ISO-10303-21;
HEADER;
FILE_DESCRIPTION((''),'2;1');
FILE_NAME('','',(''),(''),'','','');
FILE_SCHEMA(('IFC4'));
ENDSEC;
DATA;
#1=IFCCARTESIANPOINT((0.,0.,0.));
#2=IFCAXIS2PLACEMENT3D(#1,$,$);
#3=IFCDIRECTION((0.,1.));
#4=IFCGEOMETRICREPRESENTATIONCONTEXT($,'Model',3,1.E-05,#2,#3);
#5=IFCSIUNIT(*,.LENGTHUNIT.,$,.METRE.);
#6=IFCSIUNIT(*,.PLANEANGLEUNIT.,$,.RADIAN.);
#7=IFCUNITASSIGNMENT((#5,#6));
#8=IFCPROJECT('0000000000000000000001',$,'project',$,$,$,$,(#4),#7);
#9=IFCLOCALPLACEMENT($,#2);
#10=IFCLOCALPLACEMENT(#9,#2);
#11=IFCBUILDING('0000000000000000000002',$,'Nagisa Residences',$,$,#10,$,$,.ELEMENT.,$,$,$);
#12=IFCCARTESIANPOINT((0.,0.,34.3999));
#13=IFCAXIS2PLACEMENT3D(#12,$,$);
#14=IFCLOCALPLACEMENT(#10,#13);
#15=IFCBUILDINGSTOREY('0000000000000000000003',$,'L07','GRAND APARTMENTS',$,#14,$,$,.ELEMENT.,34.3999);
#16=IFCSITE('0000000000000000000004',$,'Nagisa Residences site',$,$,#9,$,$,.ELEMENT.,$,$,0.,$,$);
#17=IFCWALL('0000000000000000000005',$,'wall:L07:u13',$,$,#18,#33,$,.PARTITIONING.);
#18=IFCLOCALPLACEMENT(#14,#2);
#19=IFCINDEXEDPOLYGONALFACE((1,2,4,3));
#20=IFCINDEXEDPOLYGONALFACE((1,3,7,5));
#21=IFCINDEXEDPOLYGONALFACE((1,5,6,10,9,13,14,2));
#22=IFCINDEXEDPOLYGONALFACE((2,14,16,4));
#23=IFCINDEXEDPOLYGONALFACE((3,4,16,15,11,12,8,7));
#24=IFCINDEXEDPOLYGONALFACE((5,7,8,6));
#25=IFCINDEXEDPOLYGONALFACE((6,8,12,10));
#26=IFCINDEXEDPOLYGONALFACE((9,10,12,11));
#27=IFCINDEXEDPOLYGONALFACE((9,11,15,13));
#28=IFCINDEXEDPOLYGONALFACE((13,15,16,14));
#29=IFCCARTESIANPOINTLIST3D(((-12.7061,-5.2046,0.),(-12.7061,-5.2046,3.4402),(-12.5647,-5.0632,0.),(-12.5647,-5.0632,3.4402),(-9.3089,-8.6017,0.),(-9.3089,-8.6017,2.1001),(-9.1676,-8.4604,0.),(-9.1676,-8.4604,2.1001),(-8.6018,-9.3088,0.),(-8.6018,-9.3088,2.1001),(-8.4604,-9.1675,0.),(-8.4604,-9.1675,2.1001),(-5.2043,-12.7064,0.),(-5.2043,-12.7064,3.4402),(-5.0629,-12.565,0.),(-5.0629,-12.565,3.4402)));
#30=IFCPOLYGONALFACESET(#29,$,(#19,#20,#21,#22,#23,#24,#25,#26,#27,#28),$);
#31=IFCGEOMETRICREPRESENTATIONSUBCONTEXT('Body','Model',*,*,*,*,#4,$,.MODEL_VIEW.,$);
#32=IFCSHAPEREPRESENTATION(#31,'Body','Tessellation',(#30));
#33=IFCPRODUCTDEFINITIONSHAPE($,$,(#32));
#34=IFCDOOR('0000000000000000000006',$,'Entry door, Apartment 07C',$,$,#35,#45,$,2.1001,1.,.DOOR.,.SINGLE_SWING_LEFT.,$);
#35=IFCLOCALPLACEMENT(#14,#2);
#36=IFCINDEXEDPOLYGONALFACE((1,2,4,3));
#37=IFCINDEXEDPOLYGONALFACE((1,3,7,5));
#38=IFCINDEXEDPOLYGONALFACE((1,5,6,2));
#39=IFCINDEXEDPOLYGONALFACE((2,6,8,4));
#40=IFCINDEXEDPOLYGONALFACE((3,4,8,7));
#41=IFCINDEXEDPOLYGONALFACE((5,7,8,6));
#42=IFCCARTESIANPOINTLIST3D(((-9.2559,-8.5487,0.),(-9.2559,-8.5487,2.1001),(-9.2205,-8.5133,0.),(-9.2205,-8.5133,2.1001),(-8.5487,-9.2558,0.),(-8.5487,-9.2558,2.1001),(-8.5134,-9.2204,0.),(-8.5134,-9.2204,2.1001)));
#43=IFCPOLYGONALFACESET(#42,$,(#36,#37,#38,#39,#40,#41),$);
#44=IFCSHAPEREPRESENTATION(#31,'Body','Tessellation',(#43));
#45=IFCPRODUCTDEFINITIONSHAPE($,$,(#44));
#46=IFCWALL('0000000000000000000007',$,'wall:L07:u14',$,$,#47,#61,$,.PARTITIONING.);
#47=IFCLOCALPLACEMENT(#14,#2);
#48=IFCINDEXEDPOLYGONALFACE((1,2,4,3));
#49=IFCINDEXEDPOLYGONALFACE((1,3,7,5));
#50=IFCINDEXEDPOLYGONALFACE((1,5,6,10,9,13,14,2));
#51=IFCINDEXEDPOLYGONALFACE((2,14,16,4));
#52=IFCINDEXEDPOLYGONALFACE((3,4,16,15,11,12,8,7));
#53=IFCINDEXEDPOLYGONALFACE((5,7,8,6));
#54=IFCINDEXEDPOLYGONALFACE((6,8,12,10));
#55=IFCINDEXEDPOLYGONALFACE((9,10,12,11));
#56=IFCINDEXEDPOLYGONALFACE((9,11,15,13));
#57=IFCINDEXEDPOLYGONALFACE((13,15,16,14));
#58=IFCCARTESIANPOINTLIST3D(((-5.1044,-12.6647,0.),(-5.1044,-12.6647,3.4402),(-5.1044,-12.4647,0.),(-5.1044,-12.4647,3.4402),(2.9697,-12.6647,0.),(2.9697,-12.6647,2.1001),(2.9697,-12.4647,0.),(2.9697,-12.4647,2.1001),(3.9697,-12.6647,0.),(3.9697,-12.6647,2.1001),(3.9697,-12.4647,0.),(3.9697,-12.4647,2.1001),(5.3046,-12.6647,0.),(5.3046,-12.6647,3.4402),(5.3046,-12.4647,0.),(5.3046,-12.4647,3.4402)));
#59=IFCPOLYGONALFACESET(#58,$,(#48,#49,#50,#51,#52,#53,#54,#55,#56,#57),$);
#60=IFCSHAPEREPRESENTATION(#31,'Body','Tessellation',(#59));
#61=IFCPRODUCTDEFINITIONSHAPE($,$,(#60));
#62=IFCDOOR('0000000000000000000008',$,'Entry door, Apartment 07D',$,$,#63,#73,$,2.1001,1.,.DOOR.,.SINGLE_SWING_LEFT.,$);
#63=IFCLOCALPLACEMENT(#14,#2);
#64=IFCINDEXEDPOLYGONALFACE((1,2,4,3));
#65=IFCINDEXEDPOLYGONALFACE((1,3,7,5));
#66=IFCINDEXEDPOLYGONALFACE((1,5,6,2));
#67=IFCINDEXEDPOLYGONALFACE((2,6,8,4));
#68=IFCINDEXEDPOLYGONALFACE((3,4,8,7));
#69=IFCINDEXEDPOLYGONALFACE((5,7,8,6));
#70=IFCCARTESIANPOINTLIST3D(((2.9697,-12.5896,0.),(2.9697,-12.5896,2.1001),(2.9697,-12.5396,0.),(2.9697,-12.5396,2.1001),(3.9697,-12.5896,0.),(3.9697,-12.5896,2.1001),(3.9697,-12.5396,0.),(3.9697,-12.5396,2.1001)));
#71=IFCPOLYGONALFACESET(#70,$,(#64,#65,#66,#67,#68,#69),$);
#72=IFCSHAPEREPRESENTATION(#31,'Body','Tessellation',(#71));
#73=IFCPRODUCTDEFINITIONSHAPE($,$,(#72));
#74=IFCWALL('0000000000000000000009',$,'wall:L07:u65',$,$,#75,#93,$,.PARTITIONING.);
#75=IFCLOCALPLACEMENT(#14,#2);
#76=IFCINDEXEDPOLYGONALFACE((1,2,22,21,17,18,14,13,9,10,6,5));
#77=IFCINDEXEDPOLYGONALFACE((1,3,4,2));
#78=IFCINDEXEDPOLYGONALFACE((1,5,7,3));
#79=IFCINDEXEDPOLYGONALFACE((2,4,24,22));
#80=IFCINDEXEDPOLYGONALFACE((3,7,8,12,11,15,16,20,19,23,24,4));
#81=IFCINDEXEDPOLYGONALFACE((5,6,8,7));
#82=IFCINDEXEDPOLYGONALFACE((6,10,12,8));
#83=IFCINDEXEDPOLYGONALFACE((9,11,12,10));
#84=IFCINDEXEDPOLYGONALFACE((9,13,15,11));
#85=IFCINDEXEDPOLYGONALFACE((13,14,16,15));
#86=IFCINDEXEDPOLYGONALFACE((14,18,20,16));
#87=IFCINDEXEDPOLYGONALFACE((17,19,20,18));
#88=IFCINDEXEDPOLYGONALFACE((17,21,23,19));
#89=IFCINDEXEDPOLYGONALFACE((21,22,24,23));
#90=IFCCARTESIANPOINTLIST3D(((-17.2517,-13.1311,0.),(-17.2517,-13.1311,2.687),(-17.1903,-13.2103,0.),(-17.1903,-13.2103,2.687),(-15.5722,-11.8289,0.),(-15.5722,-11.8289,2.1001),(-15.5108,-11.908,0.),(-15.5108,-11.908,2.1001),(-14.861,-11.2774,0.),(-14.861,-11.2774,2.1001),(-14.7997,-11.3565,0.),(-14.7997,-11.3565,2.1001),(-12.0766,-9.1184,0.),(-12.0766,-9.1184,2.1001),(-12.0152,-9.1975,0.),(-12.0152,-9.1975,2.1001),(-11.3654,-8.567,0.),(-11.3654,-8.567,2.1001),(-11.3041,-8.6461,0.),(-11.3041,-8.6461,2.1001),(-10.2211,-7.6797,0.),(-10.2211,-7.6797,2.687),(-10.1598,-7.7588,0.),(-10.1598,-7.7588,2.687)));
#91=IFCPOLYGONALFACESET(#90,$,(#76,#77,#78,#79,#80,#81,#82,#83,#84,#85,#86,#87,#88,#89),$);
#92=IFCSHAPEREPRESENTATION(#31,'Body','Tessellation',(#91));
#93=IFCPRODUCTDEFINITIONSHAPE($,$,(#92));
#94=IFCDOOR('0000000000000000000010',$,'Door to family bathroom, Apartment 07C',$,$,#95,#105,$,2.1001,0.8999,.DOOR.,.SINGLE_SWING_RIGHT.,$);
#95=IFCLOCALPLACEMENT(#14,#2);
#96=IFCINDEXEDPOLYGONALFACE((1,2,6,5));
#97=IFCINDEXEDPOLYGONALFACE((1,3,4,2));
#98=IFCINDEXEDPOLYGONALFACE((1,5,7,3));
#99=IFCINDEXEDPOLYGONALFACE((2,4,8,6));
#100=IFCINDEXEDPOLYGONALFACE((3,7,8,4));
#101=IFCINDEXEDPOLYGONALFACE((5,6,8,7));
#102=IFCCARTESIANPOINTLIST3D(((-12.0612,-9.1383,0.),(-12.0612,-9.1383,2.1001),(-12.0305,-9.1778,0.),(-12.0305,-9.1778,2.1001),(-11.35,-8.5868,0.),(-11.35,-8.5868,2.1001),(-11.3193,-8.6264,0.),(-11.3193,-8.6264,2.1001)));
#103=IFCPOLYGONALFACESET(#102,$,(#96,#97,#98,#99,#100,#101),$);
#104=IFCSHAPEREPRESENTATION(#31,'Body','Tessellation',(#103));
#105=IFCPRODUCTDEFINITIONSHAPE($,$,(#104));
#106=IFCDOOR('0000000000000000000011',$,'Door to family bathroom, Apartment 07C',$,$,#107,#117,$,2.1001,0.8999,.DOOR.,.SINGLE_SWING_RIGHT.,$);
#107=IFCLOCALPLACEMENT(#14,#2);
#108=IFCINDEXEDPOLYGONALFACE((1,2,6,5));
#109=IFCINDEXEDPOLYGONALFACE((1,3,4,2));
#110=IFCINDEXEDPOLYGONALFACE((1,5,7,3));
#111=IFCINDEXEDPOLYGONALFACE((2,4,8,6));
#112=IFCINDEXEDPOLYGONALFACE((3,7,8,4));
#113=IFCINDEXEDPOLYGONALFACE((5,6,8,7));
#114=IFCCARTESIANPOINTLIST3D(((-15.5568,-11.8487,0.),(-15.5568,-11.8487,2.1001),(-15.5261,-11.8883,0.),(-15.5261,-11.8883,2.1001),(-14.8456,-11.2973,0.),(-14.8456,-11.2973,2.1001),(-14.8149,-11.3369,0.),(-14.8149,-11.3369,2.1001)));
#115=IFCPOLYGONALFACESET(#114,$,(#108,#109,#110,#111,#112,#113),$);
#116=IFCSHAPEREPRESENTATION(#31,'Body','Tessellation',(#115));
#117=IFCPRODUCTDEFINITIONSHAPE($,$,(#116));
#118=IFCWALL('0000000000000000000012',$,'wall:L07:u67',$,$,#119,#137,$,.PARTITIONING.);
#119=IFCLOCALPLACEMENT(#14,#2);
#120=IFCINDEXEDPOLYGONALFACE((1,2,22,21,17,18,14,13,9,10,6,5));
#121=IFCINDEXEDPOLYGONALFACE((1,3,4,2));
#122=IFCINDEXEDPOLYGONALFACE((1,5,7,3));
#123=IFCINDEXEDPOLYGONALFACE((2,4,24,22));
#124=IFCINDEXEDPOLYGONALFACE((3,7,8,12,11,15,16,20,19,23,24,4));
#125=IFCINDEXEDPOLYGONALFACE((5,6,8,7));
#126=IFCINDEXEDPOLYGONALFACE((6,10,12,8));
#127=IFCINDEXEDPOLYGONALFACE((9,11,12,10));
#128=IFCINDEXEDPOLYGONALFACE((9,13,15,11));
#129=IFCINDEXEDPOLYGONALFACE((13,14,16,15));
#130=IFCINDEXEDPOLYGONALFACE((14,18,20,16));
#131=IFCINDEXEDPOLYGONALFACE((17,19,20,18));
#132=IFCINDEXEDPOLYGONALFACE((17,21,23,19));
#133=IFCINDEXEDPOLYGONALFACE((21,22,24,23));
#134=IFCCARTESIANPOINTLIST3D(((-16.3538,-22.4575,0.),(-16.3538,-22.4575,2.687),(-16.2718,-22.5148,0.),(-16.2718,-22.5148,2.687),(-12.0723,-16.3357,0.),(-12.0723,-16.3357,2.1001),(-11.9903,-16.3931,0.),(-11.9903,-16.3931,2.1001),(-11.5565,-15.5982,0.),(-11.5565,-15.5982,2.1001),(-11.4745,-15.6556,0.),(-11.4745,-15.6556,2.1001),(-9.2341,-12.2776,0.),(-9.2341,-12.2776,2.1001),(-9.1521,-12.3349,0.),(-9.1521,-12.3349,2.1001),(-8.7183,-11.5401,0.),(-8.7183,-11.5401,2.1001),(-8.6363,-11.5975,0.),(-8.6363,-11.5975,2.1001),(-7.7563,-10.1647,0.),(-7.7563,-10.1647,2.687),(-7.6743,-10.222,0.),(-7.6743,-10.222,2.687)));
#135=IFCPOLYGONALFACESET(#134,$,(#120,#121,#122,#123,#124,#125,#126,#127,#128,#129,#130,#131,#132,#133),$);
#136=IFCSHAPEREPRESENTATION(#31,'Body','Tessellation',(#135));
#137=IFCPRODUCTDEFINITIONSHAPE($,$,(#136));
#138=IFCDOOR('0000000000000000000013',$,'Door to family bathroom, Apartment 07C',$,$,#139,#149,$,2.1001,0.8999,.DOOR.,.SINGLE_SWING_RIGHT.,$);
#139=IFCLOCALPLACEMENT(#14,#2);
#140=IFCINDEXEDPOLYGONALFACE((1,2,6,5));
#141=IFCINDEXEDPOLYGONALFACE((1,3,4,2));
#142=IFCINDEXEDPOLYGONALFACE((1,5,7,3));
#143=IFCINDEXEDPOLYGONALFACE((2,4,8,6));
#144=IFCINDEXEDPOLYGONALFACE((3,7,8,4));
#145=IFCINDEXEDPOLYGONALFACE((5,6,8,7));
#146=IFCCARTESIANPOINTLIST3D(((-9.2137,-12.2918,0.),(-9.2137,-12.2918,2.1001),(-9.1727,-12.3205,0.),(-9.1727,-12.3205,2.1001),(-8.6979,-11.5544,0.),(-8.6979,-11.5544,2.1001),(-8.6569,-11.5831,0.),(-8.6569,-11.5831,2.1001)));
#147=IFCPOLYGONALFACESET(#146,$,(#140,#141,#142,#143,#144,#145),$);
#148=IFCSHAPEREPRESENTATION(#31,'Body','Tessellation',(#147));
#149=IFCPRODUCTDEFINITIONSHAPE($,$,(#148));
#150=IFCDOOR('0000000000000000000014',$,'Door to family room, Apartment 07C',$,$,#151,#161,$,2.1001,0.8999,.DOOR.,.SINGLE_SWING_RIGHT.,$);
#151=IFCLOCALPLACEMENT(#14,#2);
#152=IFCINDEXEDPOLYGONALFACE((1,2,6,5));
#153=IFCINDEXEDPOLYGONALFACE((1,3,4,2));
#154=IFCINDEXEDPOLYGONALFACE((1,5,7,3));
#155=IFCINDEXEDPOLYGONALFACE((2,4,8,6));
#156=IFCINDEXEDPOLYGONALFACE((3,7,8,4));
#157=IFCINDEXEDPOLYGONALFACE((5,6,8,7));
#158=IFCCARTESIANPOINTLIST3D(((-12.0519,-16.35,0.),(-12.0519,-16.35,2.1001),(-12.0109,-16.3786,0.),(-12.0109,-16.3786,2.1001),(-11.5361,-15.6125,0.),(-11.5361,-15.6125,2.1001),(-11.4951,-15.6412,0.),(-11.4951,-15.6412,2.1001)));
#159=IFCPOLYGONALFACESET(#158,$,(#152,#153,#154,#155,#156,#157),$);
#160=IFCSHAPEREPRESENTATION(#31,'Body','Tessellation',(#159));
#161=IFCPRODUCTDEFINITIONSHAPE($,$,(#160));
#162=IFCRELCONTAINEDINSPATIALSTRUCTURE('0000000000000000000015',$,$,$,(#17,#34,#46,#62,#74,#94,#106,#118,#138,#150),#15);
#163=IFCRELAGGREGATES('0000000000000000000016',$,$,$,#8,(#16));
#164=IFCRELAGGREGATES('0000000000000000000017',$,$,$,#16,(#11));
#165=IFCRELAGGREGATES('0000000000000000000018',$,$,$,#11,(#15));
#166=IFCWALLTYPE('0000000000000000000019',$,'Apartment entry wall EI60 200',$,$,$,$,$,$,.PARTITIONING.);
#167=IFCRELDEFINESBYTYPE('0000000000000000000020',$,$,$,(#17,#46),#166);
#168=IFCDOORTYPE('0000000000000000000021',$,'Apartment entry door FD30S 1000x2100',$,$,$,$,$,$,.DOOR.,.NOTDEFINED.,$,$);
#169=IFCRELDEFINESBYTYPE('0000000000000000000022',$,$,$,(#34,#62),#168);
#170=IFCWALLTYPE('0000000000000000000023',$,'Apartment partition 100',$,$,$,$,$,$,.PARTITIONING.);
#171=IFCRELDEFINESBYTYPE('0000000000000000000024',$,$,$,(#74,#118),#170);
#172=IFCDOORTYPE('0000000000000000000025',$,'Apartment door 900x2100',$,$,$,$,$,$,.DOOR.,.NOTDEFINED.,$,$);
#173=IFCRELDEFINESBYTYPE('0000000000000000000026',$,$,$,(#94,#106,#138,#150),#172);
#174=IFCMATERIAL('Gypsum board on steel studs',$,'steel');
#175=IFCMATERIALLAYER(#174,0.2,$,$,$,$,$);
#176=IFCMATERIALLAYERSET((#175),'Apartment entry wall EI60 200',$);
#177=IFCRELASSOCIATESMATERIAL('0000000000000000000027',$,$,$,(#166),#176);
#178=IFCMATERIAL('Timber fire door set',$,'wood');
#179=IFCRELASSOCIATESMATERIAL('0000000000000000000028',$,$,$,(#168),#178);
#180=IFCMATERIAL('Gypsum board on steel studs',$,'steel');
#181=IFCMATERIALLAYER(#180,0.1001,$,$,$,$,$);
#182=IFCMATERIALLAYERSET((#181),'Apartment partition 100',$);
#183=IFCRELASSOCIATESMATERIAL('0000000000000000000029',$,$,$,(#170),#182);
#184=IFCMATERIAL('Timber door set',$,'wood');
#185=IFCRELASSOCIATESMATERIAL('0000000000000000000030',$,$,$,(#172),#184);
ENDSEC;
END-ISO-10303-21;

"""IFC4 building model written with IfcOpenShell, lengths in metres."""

from ifc_helpers import new_model, si_unit, direction, frame, frame_2d, origin, place, context, subcontext, project, spatial, rectangle, extrude, material, layer, layer_set, type_object, element, fill, save


model = new_model("IFC4")

# Units and contexts
model_context = context("Model", 3, precision=1e-05, world=origin(), true_north=direction((0.0, 1.0)))
body_context = subcontext(model_context, "Body", "Model", "MODEL_VIEW")
ifc_project = project(units=[si_unit("LENGTHUNIT", "METRE"), si_unit("PLANEANGLEUNIT", "RADIAN")], contexts=[model_context])

# Site, building, storey
site_placement = place(None, origin())
site = spatial("IfcSite", under=ifc_project, at=site_placement, Name="Nagisa Residences site", CompositionType="ELEMENT", RefElevation=0.0)
building_placement = place(site_placement, origin())
building = spatial("IfcBuilding", under=site, at=building_placement, Name="Nagisa Residences", CompositionType="ELEMENT")
storey_placement = place(building_placement, frame((0.0, 0.0, 34.3999)))
storey = spatial("IfcBuildingStorey", under=building, at=storey_placement, Name="L07", Description="GRAND APARTMENTS", CompositionType="ELEMENT", Elevation=34.3999)

# Walls, openings, doors
ifc_material_1 = material(Name="Gypsum board on steel studs", Category="steel")
ifc_layer_1 = layer(ifc_material_1, 0.2)
ifc_layer_set_1 = layer_set([ifc_layer_1], Name="Apartment entry wall EI60 200")
wall_type_1 = type_object("IfcWallType", Name="Apartment entry wall EI60 200", PredefinedType="PARTITIONING", material=ifc_layer_set_1)
wall_1_placement = place(storey_placement, frame((-12.6355, -5.1338, 0.0), z_axis=(0.0, 0.0, 1.0), x_axis=(0.707107, -0.707107, 0.0)))
wall_1 = element("IfcWall", 1, at=wall_1_placement, inside=storey, type_object=wall_type_1, Name="wall:L07:u13", PredefinedType="PARTITIONING", context=body_context, shape_type="SweptSolid", body=[
    extrude(rectangle(XDim=10.6091, YDim=0.2, at=frame_2d((5.3047, 0.0))), origin(), (0.0, 0.0, 1.0), 3.4402),
])
opening_1_placement = place(wall_1_placement, frame((4.8044, 0.0, 0.0)))
opening_1 = element("IfcOpeningElement", 2, at=opening_1_placement, cuts=wall_1, PredefinedType="OPENING", context=body_context, shape_type="SweptSolid", body=[
    extrude(rectangle(XDim=1.0, YDim=2.1001, at=frame_2d((0.5, 1.05))), frame((0.0, 0.1099, 0.0), z_axis=(0.0, -1.0, 0.0), x_axis=(1.0, 0.0, 0.0)), (0.0, 0.0, 1.0), 0.22),
])
ifc_material_2 = material(Name="Timber fire door set", Category="wood")
door_type_1 = type_object("IfcDoorType", Name="Apartment entry door FD30S 1000x2100", OperationType="NOTDEFINED", PredefinedType="DOOR", material=ifc_material_2)
door_1_placement = place(opening_1_placement, frame((1.0, 0.0, 0.0), x_axis=(-1.0, 0.0, 0.0)))
door_1 = element("IfcDoor", 3, at=door_1_placement, inside=storey, type_object=door_type_1, Name="Entry door, Apartment 07C", OperationType="SINGLE_SWING_LEFT", OverallHeight=2.1001, OverallWidth=1.0, PredefinedType="DOOR", context=body_context, shape_type="SweptSolid", body=[
    extrude(rectangle(XDim=1.0, YDim=2.1001, at=frame_2d((0.5, 1.05))), frame((0.0, 0.0249, 0.0), z_axis=(0.0, -1.0, 0.0), x_axis=(1.0, 0.0, 0.0)), (0.0, 0.0, 1.0), 0.05),
])
fill(opening_1, door_1)
wall_2_placement = place(storey_placement, frame((-5.1045, -12.5647, 0.0), z_axis=(0.0, 0.0, 1.0), x_axis=(1.0, 0.0, 0.0)))
wall_2 = element("IfcWall", 4, at=wall_2_placement, inside=storey, type_object=wall_type_1, Name="wall:L07:u14", PredefinedType="PARTITIONING", context=body_context, shape_type="SweptSolid", body=[
    extrude(rectangle(XDim=10.4089, YDim=0.2, at=frame_2d((5.2046, 0.0))), origin(), (0.0, 0.0, 1.0), 3.4402),
])
opening_2_placement = place(wall_2_placement, frame((8.0742, 0.0, 0.0)))
opening_2 = element("IfcOpeningElement", 5, at=opening_2_placement, cuts=wall_2, PredefinedType="OPENING", context=body_context, shape_type="SweptSolid", body=[
    extrude(rectangle(XDim=1.0, YDim=2.1001, at=frame_2d((0.5, 1.05))), frame((0.0, 0.1099, 0.0), z_axis=(0.0, -1.0, 0.0), x_axis=(1.0, 0.0, 0.0)), (0.0, 0.0, 1.0), 0.22),
])
door_2_placement = place(opening_2_placement, frame((1.0, 0.0, 0.0), x_axis=(-1.0, 0.0, 0.0)))
door_2 = element("IfcDoor", 6, at=door_2_placement, inside=storey, type_object=door_type_1, Name="Entry door, Apartment 07D", OperationType="SINGLE_SWING_LEFT", OverallHeight=2.1001, OverallWidth=1.0, PredefinedType="DOOR", context=body_context, shape_type="SweptSolid", body=[
    extrude(rectangle(XDim=1.0, YDim=2.1001, at=frame_2d((0.5, 1.05))), frame((0.0, 0.0249, 0.0), z_axis=(0.0, -1.0, 0.0), x_axis=(1.0, 0.0, 0.0)), (0.0, 0.0, 1.0), 0.05),
])
fill(opening_2, door_2)

# Walls, openings, doors
ifc_material_3 = material(Name="Gypsum board on steel studs", Category="steel")
ifc_layer_2 = layer(ifc_material_3, 0.1001)
ifc_layer_set_2 = layer_set([ifc_layer_2], Name="Apartment partition 100")
wall_type_2 = type_object("IfcWallType", Name="Apartment partition 100", PredefinedType="PARTITIONING", material=ifc_layer_set_2)
wall_3_placement = place(storey_placement, frame((-10.1904, -7.7192, 0.0), z_axis=(0.0, 0.0, 1.0), x_axis=(-0.790265, -0.612766, 0.0)))
wall_3 = element("IfcWall", 7, at=wall_3_placement, inside=storey, type_object=wall_type_2, Name="wall:L07:u65", PredefinedType="PARTITIONING", context=body_context, shape_type="SweptSolid", body=[
    extrude(rectangle(XDim=8.8965, YDim=0.1001, at=frame_2d((4.4482, 0.0))), origin(), (0.0, 0.0, 1.0), 2.687),
])
opening_3_placement = place(wall_3_placement, frame((1.448, 0.0, 0.0)))
opening_3 = element("IfcOpeningElement", 8, at=opening_3_placement, cuts=wall_3, PredefinedType="OPENING", context=body_context, shape_type="SweptSolid", body=[
    extrude(rectangle(XDim=0.8999, YDim=2.1001, at=frame_2d((0.45, 1.05))), frame((0.0, 0.0601, 0.0), z_axis=(0.0, -1.0, 0.0), x_axis=(1.0, 0.0, 0.0)), (0.0, 0.0, 1.0), 0.1201),
])
opening_4_placement = place(wall_3_placement, frame((5.8713, 0.0, 0.0)))
opening_4 = element("IfcOpeningElement", 9, at=opening_4_placement, cuts=wall_3, PredefinedType="OPENING", context=body_context, shape_type="SweptSolid", body=[
    extrude(rectangle(XDim=0.8999, YDim=2.1001, at=frame_2d((0.45, 1.05))), frame((0.0, 0.0601, 0.0), z_axis=(0.0, -1.0, 0.0), x_axis=(1.0, 0.0, 0.0)), (0.0, 0.0, 1.0), 0.1201),
])
ifc_material_4 = material(Name="Timber door set", Category="wood")
door_type_2 = type_object("IfcDoorType", Name="Apartment door 900x2100", OperationType="NOTDEFINED", PredefinedType="DOOR", material=ifc_material_4)
door_3_placement = place(opening_3_placement, frame((0.8999, 0.0, 0.0), x_axis=(-1.0, 0.0, 0.0)))
door_3 = element("IfcDoor", 10, at=door_3_placement, inside=storey, type_object=door_type_2, Name="Door to family bathroom, Apartment 07C", OperationType="SINGLE_SWING_RIGHT", OverallHeight=2.1001, OverallWidth=0.8999, PredefinedType="DOOR", context=body_context, shape_type="SweptSolid", body=[
    extrude(rectangle(XDim=0.8999, YDim=2.1001, at=frame_2d((0.45, 1.05))), frame((0.0, 0.0249, 0.0), z_axis=(0.0, -1.0, 0.0), x_axis=(1.0, 0.0, 0.0)), (0.0, 0.0, 1.0), 0.05),
])
fill(opening_3, door_3)
door_4_placement = place(opening_4_placement, frame((0.8999, 0.0, 0.0), x_axis=(-1.0, 0.0, 0.0)))
door_4 = element("IfcDoor", 11, at=door_4_placement, inside=storey, type_object=door_type_2, Name="Door to family bathroom, Apartment 07C", OperationType="SINGLE_SWING_RIGHT", OverallHeight=2.1001, OverallWidth=0.8999, PredefinedType="DOOR", context=body_context, shape_type="SweptSolid", body=[
    extrude(rectangle(XDim=0.8999, YDim=2.1001, at=frame_2d((0.45, 1.05))), frame((0.0, 0.0249, 0.0), z_axis=(0.0, -1.0, 0.0), x_axis=(1.0, 0.0, 0.0)), (0.0, 0.0, 1.0), 0.05),
])
fill(opening_4, door_4)
wall_4_placement = place(storey_placement, frame((-7.7153, -10.1934, 0.0), z_axis=(0.0, 0.0, 1.0), x_axis=(-0.573127, -0.819467, 0.0)))
wall_4 = element("IfcWall", 12, at=wall_4_placement, inside=storey, type_object=wall_type_2, Name="wall:L07:u67", PredefinedType="PARTITIONING", context=body_context, shape_type="SweptSolid", body=[
    extrude(rectangle(XDim=15.001, YDim=0.1001, at=frame_2d((7.5005, 0.0))), origin(), (0.0, 0.0, 1.0), 2.687),
])
opening_5_placement = place(wall_4_placement, frame((1.6785, 0.0, 0.0)))
opening_5 = element("IfcOpeningElement", 13, at=opening_5_placement, cuts=wall_4, PredefinedType="OPENING", context=body_context, shape_type="SweptSolid", body=[
    extrude(rectangle(XDim=0.8999, YDim=2.1001, at=frame_2d((0.45, 1.05))), frame((0.0, 0.0601, 0.0), z_axis=(0.0, -1.0, 0.0), x_axis=(1.0, 0.0, 0.0)), (0.0, 0.0, 1.0), 0.1201),
])
opening_6_placement = place(wall_4_placement, frame((6.6306, 0.0, 0.0)))
opening_6 = element("IfcOpeningElement", 14, at=opening_6_placement, cuts=wall_4, PredefinedType="OPENING", context=body_context, shape_type="SweptSolid", body=[
    extrude(rectangle(XDim=0.8999, YDim=2.1001, at=frame_2d((0.45, 1.05))), frame((0.0, 0.0601, 0.0), z_axis=(0.0, -1.0, 0.0), x_axis=(1.0, 0.0, 0.0)), (0.0, 0.0, 1.0), 0.1201),
])
door_5_placement = place(opening_5_placement, origin())
door_5 = element("IfcDoor", 15, at=door_5_placement, inside=storey, type_object=door_type_2, Name="Door to family bathroom, Apartment 07C", OperationType="SINGLE_SWING_RIGHT", OverallHeight=2.1001, OverallWidth=0.8999, PredefinedType="DOOR", context=body_context, shape_type="SweptSolid", body=[
    extrude(rectangle(XDim=0.8999, YDim=2.1001, at=frame_2d((0.45, 1.05))), frame((0.0, 0.0249, 0.0), z_axis=(0.0, -1.0, 0.0), x_axis=(1.0, 0.0, 0.0)), (0.0, 0.0, 1.0), 0.05),
])
fill(opening_5, door_5)
door_6_placement = place(opening_6_placement, origin())
door_6 = element("IfcDoor", 16, at=door_6_placement, inside=storey, type_object=door_type_2, Name="Door to family room, Apartment 07C", OperationType="SINGLE_SWING_RIGHT", OverallHeight=2.1001, OverallWidth=0.8999, PredefinedType="DOOR", context=body_context, shape_type="SweptSolid", body=[
    extrude(rectangle(XDim=0.8999, YDim=2.1001, at=frame_2d((0.45, 1.05))), frame((0.0, 0.0249, 0.0), z_axis=(0.0, -1.0, 0.0), x_axis=(1.0, 0.0, 0.0)), (0.0, 0.0, 1.0), 0.05),
])
fill(opening_6, door_6)

save(model, "model.ifc")
